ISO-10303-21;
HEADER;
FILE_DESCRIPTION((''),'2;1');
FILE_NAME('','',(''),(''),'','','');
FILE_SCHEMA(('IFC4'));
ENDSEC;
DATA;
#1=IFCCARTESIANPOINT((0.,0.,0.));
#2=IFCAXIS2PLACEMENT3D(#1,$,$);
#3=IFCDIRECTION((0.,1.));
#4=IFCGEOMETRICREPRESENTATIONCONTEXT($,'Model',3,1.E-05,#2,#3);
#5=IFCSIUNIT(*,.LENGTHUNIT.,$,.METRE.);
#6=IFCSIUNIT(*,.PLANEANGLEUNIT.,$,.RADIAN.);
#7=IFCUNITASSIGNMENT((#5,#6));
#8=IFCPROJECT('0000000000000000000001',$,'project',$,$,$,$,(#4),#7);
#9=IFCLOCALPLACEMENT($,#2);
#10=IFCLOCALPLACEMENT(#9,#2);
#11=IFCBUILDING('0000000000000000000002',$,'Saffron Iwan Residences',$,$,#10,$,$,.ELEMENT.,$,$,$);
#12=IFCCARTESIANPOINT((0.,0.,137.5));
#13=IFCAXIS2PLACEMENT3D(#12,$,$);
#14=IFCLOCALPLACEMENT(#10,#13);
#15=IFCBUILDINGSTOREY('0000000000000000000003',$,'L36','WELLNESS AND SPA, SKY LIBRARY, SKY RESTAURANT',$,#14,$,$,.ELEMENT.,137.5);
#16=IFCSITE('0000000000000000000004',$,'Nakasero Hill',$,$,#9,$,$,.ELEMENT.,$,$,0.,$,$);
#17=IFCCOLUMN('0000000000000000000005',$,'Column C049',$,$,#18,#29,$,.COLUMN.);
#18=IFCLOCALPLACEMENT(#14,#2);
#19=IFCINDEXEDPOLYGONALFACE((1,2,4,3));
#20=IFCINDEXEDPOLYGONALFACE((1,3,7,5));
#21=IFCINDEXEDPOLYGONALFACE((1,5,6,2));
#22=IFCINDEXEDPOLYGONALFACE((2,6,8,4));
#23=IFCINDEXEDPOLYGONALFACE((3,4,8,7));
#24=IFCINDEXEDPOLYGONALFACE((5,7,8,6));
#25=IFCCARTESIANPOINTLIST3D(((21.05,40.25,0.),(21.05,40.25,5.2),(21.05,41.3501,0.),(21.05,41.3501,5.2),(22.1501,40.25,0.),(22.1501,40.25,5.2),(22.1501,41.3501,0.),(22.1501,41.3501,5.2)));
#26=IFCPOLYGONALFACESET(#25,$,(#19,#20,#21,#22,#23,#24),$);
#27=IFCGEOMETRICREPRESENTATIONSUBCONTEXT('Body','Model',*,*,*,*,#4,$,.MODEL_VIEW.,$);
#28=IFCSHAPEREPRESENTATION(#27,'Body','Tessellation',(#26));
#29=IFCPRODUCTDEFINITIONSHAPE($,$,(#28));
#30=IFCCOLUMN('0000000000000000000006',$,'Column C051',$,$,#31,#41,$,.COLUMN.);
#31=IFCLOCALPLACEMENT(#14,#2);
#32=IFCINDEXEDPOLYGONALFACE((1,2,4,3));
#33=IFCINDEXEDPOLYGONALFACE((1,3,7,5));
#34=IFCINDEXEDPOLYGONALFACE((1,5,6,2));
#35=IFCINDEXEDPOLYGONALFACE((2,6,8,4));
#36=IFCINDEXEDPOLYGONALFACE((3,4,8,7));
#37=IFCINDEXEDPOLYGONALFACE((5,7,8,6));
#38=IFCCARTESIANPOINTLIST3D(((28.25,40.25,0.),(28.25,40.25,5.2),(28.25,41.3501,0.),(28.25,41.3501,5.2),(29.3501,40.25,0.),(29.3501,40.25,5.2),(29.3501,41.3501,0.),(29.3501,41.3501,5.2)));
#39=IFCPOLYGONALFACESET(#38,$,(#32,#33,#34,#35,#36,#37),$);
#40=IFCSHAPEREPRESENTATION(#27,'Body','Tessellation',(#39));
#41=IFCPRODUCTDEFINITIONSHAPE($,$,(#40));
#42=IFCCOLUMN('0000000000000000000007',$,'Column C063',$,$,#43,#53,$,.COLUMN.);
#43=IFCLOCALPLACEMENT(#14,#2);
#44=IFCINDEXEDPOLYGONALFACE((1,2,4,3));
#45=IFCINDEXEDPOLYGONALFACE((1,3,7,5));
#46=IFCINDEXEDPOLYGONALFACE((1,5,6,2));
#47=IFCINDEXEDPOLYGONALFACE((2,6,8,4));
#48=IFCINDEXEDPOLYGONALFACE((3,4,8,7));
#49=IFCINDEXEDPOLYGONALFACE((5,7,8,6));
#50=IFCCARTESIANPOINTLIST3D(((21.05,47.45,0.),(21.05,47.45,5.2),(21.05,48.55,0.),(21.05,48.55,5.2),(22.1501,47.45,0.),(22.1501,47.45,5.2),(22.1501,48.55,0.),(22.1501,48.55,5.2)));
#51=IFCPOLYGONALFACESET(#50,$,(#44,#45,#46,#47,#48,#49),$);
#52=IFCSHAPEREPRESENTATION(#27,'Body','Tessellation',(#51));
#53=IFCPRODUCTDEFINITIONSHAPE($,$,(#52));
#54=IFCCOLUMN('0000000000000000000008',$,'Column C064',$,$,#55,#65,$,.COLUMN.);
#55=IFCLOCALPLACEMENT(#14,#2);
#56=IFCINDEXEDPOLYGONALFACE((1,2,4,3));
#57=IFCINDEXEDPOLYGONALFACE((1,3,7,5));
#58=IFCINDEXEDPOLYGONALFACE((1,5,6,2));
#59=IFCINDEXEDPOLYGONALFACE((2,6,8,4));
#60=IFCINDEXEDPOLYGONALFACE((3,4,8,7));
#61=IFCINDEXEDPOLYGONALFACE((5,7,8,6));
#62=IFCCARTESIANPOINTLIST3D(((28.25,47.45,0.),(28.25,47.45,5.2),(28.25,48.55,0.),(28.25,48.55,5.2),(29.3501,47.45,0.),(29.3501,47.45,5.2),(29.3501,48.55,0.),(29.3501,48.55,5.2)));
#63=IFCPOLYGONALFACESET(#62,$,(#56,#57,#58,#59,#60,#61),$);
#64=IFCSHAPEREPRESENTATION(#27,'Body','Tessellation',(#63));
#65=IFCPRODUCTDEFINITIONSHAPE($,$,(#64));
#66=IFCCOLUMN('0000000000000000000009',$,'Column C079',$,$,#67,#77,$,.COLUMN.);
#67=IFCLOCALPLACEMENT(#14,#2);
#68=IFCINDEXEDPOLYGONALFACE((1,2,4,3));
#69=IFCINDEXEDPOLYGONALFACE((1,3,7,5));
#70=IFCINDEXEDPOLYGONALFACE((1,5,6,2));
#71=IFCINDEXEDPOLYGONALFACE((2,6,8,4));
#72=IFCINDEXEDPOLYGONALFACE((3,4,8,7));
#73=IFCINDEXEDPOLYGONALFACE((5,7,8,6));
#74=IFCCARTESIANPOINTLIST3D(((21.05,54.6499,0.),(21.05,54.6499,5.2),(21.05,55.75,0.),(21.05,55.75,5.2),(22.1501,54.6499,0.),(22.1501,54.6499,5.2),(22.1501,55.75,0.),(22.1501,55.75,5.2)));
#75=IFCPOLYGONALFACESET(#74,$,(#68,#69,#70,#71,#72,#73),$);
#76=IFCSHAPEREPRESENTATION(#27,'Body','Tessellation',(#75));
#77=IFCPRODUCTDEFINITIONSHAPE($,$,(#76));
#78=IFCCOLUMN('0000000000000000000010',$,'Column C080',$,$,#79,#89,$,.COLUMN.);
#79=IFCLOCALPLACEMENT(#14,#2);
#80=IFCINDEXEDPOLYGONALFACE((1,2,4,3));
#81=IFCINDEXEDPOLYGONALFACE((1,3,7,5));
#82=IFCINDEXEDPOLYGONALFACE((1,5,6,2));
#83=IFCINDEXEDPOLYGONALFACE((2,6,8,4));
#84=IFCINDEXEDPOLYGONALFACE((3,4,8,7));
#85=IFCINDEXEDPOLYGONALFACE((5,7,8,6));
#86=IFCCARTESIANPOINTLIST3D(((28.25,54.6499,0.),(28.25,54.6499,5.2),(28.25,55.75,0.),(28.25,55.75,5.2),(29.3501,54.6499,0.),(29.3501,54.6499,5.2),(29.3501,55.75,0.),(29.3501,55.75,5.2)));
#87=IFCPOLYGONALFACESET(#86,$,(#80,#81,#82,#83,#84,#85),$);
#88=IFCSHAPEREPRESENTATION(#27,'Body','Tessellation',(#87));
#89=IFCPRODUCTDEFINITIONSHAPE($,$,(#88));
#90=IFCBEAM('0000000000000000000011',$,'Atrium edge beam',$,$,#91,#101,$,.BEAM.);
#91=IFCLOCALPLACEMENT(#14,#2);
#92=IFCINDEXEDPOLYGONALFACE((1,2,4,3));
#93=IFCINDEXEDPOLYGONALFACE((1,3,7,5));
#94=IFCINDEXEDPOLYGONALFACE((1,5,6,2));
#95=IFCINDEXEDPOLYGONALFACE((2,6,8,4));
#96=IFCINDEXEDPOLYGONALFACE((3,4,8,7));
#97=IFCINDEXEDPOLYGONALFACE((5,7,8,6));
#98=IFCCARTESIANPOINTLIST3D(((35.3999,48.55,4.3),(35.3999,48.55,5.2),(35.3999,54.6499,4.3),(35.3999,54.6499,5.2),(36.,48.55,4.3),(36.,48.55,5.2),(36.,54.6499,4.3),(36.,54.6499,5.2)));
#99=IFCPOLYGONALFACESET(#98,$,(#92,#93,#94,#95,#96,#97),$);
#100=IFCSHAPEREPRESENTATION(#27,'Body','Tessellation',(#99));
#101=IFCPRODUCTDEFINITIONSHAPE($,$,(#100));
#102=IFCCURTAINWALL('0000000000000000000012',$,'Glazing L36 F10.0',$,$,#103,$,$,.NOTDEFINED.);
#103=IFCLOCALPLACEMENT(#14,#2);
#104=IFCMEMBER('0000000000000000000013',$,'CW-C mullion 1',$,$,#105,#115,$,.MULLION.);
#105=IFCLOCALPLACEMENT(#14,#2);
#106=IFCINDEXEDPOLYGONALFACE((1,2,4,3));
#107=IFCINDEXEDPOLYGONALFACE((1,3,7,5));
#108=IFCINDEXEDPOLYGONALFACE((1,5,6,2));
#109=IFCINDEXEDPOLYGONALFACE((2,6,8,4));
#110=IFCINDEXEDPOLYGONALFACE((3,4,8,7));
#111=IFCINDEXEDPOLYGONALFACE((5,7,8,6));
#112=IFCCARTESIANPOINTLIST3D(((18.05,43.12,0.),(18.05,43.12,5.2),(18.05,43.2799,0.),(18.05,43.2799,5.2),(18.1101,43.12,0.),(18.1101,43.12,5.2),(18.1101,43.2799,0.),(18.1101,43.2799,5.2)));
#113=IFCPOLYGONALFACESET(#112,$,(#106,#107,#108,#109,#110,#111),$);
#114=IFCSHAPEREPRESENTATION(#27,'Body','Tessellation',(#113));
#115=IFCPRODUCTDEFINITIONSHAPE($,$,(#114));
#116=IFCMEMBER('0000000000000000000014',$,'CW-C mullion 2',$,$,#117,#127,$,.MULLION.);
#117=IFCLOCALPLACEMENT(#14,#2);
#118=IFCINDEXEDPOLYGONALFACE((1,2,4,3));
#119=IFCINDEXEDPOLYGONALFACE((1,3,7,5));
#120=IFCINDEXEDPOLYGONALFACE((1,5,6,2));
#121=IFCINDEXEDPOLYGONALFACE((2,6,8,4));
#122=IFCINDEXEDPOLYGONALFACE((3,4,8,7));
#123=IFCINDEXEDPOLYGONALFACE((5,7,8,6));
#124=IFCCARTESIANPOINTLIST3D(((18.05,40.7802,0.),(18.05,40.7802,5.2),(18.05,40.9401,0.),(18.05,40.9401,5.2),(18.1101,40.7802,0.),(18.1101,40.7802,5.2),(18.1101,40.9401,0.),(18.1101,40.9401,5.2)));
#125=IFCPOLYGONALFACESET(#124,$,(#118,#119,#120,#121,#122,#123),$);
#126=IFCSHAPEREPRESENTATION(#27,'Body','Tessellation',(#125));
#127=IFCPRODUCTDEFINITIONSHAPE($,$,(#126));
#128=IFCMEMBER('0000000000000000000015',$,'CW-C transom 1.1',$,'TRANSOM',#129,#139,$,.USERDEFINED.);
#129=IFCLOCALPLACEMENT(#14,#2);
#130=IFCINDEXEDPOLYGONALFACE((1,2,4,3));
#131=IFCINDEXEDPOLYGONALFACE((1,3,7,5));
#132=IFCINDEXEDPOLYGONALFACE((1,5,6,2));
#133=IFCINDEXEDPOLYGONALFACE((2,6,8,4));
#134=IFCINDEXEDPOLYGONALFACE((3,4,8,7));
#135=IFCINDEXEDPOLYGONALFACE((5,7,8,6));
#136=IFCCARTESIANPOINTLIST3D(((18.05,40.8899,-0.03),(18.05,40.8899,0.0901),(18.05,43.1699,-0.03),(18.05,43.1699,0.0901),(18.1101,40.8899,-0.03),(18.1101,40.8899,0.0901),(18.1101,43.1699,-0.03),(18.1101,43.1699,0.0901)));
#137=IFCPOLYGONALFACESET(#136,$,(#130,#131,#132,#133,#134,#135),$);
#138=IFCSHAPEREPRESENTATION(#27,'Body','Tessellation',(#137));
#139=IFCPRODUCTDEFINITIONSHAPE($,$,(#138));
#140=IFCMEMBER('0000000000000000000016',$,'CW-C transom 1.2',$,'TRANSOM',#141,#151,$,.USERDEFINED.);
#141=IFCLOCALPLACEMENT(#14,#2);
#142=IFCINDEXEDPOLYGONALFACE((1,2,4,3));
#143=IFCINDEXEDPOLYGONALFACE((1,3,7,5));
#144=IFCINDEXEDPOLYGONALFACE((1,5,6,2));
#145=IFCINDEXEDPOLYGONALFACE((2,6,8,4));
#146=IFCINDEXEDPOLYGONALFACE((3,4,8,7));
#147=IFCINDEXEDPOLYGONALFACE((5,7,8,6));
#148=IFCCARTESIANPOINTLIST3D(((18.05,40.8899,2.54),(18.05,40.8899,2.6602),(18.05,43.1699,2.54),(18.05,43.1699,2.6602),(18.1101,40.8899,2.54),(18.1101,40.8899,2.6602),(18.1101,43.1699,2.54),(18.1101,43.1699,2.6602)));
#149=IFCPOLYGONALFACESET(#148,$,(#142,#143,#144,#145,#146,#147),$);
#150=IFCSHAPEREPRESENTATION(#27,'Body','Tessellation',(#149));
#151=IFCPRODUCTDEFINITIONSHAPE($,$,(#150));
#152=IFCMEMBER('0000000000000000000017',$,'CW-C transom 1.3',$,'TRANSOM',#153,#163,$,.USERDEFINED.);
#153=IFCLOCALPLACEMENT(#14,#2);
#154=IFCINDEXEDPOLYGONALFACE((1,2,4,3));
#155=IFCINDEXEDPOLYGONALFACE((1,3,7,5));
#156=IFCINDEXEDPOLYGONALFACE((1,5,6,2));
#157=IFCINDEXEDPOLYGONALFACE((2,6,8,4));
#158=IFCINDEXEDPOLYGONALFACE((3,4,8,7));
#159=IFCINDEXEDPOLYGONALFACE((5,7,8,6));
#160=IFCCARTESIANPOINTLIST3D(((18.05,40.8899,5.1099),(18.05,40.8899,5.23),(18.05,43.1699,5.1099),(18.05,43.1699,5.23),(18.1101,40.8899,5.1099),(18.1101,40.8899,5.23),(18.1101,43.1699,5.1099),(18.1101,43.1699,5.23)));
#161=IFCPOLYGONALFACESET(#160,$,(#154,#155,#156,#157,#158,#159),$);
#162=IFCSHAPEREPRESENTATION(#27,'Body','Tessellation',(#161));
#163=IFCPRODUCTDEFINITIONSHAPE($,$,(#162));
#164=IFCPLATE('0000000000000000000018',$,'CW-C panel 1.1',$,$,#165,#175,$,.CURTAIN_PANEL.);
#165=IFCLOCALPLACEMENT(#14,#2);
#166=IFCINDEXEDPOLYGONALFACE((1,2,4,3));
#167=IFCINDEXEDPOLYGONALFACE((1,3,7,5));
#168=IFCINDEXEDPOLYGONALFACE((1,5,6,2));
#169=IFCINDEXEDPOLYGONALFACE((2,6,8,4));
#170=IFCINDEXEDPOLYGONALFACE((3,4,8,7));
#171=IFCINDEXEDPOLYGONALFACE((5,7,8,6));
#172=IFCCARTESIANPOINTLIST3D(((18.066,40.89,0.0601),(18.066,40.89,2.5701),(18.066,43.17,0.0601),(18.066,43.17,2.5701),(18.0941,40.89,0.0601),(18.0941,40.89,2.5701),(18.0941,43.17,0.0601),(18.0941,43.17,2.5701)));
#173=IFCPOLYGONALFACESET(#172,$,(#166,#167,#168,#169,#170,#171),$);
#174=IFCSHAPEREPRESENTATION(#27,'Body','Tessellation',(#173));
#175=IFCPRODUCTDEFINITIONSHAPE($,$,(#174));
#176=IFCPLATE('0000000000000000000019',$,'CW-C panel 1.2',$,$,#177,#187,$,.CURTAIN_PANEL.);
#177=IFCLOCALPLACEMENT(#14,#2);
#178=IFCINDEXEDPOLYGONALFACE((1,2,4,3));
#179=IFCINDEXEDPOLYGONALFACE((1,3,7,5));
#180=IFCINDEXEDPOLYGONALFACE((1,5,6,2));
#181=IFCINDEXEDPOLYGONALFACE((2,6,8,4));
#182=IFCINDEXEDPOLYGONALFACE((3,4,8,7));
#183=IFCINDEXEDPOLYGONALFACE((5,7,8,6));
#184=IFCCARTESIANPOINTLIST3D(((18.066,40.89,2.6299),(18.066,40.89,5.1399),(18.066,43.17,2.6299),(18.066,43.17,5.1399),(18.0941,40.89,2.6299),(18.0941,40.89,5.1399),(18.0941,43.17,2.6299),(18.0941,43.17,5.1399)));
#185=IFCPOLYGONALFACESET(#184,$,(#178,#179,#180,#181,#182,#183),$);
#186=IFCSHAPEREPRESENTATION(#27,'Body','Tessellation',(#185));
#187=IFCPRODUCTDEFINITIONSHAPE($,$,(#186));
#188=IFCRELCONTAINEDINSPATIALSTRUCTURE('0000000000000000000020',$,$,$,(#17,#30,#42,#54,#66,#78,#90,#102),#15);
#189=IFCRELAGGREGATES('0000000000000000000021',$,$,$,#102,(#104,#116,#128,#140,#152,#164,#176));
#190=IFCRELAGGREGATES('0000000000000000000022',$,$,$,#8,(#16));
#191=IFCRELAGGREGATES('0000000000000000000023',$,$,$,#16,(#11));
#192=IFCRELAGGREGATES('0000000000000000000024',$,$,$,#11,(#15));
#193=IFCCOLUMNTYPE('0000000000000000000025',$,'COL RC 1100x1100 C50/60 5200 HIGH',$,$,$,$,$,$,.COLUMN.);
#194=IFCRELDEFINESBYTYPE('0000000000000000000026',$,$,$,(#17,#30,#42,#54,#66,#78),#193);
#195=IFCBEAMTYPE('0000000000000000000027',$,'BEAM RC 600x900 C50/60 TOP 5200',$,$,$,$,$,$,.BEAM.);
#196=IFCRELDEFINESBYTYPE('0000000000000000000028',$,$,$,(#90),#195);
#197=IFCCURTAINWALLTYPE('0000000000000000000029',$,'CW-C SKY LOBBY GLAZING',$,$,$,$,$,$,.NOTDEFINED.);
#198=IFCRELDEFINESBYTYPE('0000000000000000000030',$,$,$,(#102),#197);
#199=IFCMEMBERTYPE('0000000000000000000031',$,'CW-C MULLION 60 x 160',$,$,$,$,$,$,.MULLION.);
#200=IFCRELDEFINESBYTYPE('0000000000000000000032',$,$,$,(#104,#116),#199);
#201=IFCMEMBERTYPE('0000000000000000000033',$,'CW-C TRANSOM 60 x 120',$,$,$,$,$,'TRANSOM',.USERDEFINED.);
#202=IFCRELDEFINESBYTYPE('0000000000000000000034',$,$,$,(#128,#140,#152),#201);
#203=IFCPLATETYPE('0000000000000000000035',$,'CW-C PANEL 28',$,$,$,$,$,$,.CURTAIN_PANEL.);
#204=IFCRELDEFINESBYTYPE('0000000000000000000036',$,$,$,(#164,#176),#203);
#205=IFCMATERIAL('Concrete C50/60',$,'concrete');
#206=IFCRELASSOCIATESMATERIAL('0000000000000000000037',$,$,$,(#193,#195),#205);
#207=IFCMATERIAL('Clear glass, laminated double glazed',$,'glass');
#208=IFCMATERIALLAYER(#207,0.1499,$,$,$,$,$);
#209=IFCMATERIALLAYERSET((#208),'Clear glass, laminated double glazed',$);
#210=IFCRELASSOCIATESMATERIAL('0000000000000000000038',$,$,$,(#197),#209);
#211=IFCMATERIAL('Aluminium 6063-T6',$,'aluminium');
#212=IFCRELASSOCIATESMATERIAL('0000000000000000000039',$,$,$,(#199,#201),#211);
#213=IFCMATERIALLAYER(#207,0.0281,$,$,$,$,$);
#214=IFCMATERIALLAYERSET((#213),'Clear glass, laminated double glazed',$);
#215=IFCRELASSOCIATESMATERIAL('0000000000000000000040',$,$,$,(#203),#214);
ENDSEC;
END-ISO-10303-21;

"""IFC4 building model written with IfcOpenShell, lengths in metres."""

from ifc_helpers import new_model, si_unit, direction, frame, origin, origin_2d, place, context, subcontext, project, spatial, rectangle, extrude, source, transform, mapped, material, layer, layer_set, material_profile, profile_set, type_object, element, aggregate, save


model = new_model("IFC4")

# Units and contexts
model_context = context("Model", 3, precision=1e-05, world=origin(), true_north=direction((0.0, 1.0)))
body_context = subcontext(model_context, "Body", "Model", "MODEL_VIEW")
ifc_project = project(units=[si_unit("LENGTHUNIT", "METRE"), si_unit("PLANEANGLEUNIT", "RADIAN")], contexts=[model_context])

# Site, building, storey
site_placement = place(None, origin())
site = spatial("IfcSite", under=ifc_project, at=site_placement, Name="Nakasero Hill", CompositionType="ELEMENT", RefElevation=0.0)
building_placement = place(site_placement, origin())
building = spatial("IfcBuilding", under=site, at=building_placement, Name="Saffron Iwan Residences", CompositionType="ELEMENT")
storey_placement = place(building_placement, frame((0.0, 0.0, 137.5)))
storey = spatial("IfcBuildingStorey", under=building, at=storey_placement, Name="L36", Description="WELLNESS AND SPA, SKY LIBRARY, SKY RESTAURANT", CompositionType="ELEMENT", Elevation=137.5)

# Columns
ifc_material_1 = material(Name="Concrete C50/60", Category="concrete")
ifc_material_profile_1 = material_profile(ifc_material_1, rectangle(XDim=1.1001, YDim=1.1001, at=origin_2d()), Name="RC 1100x1100")
ifc_profile_set_1 = profile_set([ifc_material_profile_1], Name="Concrete C50/60")
column_type = type_object("IfcColumnType", Name="COL RC 1100x1100 C50/60 5200 HIGH", PredefinedType="COLUMN", material=ifc_profile_set_1)
shared_shape_1 = source(origin(), body_context, "Body", "SweptSolid", [
    extrude(rectangle(XDim=1.1001, YDim=1.1001, at=origin_2d()), origin(), (0.0, 0.0, 1.0), 5.2),
])
for number, where, z_axis, x_axis, name in (
    (1, (21.6001, 40.8, 0.0), (0.0, 0.0, 1.0), (1.0, 0.0, 0.0), "Column C049"),
    (2, (28.8, 40.8, 0.0), (0.0, 0.0, 1.0), (1.0, 0.0, 0.0), "Column C051"),
    (3, (21.6001, 48.0, 0.0), (0.0, 0.0, 1.0), (1.0, 0.0, 0.0), "Column C063"),
    (4, (28.8, 48.0, 0.0), (0.0, 0.0, 1.0), (1.0, 0.0, 0.0), "Column C064"),
    (5, (21.6001, 55.2, 0.0), (0.0, 0.0, 1.0), (1.0, 0.0, 0.0), "Column C079"),
    (6, (28.8, 55.2, 0.0), (0.0, 0.0, 1.0), (1.0, 0.0, 0.0), "Column C080"),
):
    element("IfcColumn", number, at=place(storey_placement, frame(where, z_axis=z_axis, x_axis=x_axis)), inside=storey, type_object=column_type, Name=name, PredefinedType="COLUMN", context=body_context, shape_type="MappedRepresentation", body=[
        mapped(shared_shape_1, transform((0.0, 0.0, 0.0))),
    ])

# Beam
ifc_material_profile_2 = material_profile(ifc_material_1, rectangle(XDim=0.6001, YDim=0.8999, at=origin_2d()), Name="RC 600x900")
ifc_profile_set_2 = profile_set([ifc_material_profile_2], Name="Concrete C50/60")
beam_type = type_object("IfcBeamType", Name="BEAM RC 600x900 C50/60 TOP 5200", PredefinedType="BEAM", material=ifc_profile_set_2)
shared_shape_2 = source(origin(), body_context, "Body", "SweptSolid", [
    extrude(rectangle(XDim=0.6001, YDim=0.8999, at=origin_2d()), origin(), (0.0, 0.0, 1.0), 6.0999),
])
beam_placement = place(storey_placement, frame((35.7, 48.55, 4.75), z_axis=(0.0, 1.0, 0.0), x_axis=(-1.0, 0.0, 0.0)))
element("IfcBeam", 7, at=beam_placement, inside=storey, type_object=beam_type, Name="Atrium edge beam", PredefinedType="BEAM", context=body_context, shape_type="MappedRepresentation", body=[
    mapped(shared_shape_2, transform((0.0, 0.0, 0.0))),
])

# Curtain wall, members, plates
ifc_material_2 = material(Name="Clear glass, laminated double glazed", Category="glass")
ifc_layer_1 = layer(ifc_material_2, 0.1499)
ifc_layer_set_1 = layer_set([ifc_layer_1], Name="Clear glass, laminated double glazed")
curtain_wall_type = type_object("IfcCurtainWallType", Name="CW-C SKY LOBBY GLAZING", PredefinedType="NOTDEFINED", material=ifc_layer_set_1)
curtain_wall_placement = place(storey_placement, origin())
curtain_wall = element("IfcCurtainWall", 8, at=curtain_wall_placement, inside=storey, type_object=curtain_wall_type, Name="Glazing L36 F10.0", PredefinedType="NOTDEFINED")
ifc_material_3 = material(Name="Aluminium 6063-T6", Category="aluminium")
ifc_material_profile_3 = material_profile(ifc_material_3, rectangle(XDim=0.0601, YDim=0.1599, at=origin_2d()), Name="CW-C MULLION 60 x 160")
ifc_profile_set_3 = profile_set([ifc_material_profile_3], Name="Aluminium 6063-T6")
member_type_1 = type_object("IfcMemberType", Name="CW-C MULLION 60 x 160", PredefinedType="MULLION", material=ifc_profile_set_3)
shared_shape_3 = source(origin(), body_context, "Body", "SweptSolid", [
    extrude(rectangle(XDim=0.0601, YDim=0.1599, at=origin_2d()), origin(), (0.0, 0.0, 1.0), 5.2),
])
member_1_placement = place(storey_placement, frame((18.0801, 43.2, 0.0), z_axis=(0.0, 0.0, 1.0), x_axis=(1.0, 0.0, 0.0)))
member_1 = element("IfcMember", 9, at=member_1_placement, type_object=member_type_1, Name="CW-C mullion 1", PredefinedType="MULLION", context=body_context, shape_type="MappedRepresentation", body=[
    mapped(shared_shape_3, transform((0.0, 0.0, 0.0))),
])
member_2_placement = place(storey_placement, frame((18.0801, 40.8601, 0.0), z_axis=(0.0, 0.0, 1.0), x_axis=(1.0, 0.0, 0.0)))
member_2 = element("IfcMember", 10, at=member_2_placement, type_object=member_type_1, Name="CW-C mullion 2", PredefinedType="MULLION", context=body_context, shape_type="MappedRepresentation", body=[
    mapped(shared_shape_3, transform((0.0, 0.0, 0.0))),
])
ifc_material_profile_4 = material_profile(ifc_material_3, rectangle(XDim=0.0601, YDim=0.1201, at=origin_2d()), Name="CW-C TRANSOM 60 x 120")
ifc_profile_set_4 = profile_set([ifc_material_profile_4], Name="Aluminium 6063-T6")
member_type_2 = type_object("IfcMemberType", Name="CW-C TRANSOM 60 x 120", ElementType="TRANSOM", PredefinedType="USERDEFINED", material=ifc_profile_set_4)
shared_shape_4 = source(origin(), body_context, "Body", "SweptSolid", [
    extrude(rectangle(XDim=0.0601, YDim=0.1201, at=origin_2d()), origin(), (0.0, 0.0, 1.0), 2.28),
])
member_3_placement = place(storey_placement, frame((18.0801, 43.1699, 0.03), z_axis=(0.0, -1.0, 0.0), x_axis=(1.0, 0.0, 0.0)))
member_3 = element("IfcMember", 11, at=member_3_placement, type_object=member_type_2, Name="CW-C transom 1.1", ObjectType="TRANSOM", PredefinedType="USERDEFINED", context=body_context, shape_type="MappedRepresentation", body=[
    mapped(shared_shape_4, transform((0.0, 0.0, 0.0))),
])
member_4_placement = place(storey_placement, frame((18.0801, 43.1699, 2.6001), z_axis=(0.0, -1.0, 0.0), x_axis=(1.0, 0.0, 0.0)))
member_4 = element("IfcMember", 12, at=member_4_placement, type_object=member_type_2, Name="CW-C transom 1.2", ObjectType="TRANSOM", PredefinedType="USERDEFINED", context=body_context, shape_type="MappedRepresentation", body=[
    mapped(shared_shape_4, transform((0.0, 0.0, 0.0))),
])
member_5_placement = place(storey_placement, frame((18.0801, 43.1699, 5.1699), z_axis=(0.0, -1.0, 0.0), x_axis=(1.0, 0.0, 0.0)))
member_5 = element("IfcMember", 13, at=member_5_placement, type_object=member_type_2, Name="CW-C transom 1.3", ObjectType="TRANSOM", PredefinedType="USERDEFINED", context=body_context, shape_type="MappedRepresentation", body=[
    mapped(shared_shape_4, transform((0.0, 0.0, 0.0))),
])
ifc_layer_2 = layer(ifc_material_2, 0.0281)
ifc_layer_set_2 = layer_set([ifc_layer_2], Name="Clear glass, laminated double glazed")
plate_type = type_object("IfcPlateType", Name="CW-C PANEL 28", PredefinedType="CURTAIN_PANEL", material=ifc_layer_set_2)
shared_shape_5 = source(origin(), body_context, "Body", "SweptSolid", [
    extrude(rectangle(XDim=2.28, YDim=0.0281, at=origin_2d()), origin(), (0.0, 0.0, 1.0), 2.51),
])
plate_1_placement = place(storey_placement, frame((18.0801, 42.03, 0.0601), z_axis=(0.0, 0.0, 1.0), x_axis=(0.0, -1.0, 0.0)))
plate_1 = element("IfcPlate", 14, at=plate_1_placement, type_object=plate_type, Name="CW-C panel 1.1", PredefinedType="CURTAIN_PANEL", context=body_context, shape_type="MappedRepresentation", body=[
    mapped(shared_shape_5, transform((0.0, 0.0, 0.0))),
])
plate_2_placement = place(storey_placement, frame((18.0801, 42.03, 2.6299), z_axis=(0.0, 0.0, 1.0), x_axis=(0.0, -1.0, 0.0)))
plate_2 = element("IfcPlate", 15, at=plate_2_placement, type_object=plate_type, Name="CW-C panel 1.2", PredefinedType="CURTAIN_PANEL", context=body_context, shape_type="MappedRepresentation", body=[
    mapped(shared_shape_5, transform((0.0, 0.0, 0.0))),
])
aggregate(curtain_wall, [member_1, member_2, member_3, member_4, member_5, plate_1, plate_2])

save(model, "model.ifc")
